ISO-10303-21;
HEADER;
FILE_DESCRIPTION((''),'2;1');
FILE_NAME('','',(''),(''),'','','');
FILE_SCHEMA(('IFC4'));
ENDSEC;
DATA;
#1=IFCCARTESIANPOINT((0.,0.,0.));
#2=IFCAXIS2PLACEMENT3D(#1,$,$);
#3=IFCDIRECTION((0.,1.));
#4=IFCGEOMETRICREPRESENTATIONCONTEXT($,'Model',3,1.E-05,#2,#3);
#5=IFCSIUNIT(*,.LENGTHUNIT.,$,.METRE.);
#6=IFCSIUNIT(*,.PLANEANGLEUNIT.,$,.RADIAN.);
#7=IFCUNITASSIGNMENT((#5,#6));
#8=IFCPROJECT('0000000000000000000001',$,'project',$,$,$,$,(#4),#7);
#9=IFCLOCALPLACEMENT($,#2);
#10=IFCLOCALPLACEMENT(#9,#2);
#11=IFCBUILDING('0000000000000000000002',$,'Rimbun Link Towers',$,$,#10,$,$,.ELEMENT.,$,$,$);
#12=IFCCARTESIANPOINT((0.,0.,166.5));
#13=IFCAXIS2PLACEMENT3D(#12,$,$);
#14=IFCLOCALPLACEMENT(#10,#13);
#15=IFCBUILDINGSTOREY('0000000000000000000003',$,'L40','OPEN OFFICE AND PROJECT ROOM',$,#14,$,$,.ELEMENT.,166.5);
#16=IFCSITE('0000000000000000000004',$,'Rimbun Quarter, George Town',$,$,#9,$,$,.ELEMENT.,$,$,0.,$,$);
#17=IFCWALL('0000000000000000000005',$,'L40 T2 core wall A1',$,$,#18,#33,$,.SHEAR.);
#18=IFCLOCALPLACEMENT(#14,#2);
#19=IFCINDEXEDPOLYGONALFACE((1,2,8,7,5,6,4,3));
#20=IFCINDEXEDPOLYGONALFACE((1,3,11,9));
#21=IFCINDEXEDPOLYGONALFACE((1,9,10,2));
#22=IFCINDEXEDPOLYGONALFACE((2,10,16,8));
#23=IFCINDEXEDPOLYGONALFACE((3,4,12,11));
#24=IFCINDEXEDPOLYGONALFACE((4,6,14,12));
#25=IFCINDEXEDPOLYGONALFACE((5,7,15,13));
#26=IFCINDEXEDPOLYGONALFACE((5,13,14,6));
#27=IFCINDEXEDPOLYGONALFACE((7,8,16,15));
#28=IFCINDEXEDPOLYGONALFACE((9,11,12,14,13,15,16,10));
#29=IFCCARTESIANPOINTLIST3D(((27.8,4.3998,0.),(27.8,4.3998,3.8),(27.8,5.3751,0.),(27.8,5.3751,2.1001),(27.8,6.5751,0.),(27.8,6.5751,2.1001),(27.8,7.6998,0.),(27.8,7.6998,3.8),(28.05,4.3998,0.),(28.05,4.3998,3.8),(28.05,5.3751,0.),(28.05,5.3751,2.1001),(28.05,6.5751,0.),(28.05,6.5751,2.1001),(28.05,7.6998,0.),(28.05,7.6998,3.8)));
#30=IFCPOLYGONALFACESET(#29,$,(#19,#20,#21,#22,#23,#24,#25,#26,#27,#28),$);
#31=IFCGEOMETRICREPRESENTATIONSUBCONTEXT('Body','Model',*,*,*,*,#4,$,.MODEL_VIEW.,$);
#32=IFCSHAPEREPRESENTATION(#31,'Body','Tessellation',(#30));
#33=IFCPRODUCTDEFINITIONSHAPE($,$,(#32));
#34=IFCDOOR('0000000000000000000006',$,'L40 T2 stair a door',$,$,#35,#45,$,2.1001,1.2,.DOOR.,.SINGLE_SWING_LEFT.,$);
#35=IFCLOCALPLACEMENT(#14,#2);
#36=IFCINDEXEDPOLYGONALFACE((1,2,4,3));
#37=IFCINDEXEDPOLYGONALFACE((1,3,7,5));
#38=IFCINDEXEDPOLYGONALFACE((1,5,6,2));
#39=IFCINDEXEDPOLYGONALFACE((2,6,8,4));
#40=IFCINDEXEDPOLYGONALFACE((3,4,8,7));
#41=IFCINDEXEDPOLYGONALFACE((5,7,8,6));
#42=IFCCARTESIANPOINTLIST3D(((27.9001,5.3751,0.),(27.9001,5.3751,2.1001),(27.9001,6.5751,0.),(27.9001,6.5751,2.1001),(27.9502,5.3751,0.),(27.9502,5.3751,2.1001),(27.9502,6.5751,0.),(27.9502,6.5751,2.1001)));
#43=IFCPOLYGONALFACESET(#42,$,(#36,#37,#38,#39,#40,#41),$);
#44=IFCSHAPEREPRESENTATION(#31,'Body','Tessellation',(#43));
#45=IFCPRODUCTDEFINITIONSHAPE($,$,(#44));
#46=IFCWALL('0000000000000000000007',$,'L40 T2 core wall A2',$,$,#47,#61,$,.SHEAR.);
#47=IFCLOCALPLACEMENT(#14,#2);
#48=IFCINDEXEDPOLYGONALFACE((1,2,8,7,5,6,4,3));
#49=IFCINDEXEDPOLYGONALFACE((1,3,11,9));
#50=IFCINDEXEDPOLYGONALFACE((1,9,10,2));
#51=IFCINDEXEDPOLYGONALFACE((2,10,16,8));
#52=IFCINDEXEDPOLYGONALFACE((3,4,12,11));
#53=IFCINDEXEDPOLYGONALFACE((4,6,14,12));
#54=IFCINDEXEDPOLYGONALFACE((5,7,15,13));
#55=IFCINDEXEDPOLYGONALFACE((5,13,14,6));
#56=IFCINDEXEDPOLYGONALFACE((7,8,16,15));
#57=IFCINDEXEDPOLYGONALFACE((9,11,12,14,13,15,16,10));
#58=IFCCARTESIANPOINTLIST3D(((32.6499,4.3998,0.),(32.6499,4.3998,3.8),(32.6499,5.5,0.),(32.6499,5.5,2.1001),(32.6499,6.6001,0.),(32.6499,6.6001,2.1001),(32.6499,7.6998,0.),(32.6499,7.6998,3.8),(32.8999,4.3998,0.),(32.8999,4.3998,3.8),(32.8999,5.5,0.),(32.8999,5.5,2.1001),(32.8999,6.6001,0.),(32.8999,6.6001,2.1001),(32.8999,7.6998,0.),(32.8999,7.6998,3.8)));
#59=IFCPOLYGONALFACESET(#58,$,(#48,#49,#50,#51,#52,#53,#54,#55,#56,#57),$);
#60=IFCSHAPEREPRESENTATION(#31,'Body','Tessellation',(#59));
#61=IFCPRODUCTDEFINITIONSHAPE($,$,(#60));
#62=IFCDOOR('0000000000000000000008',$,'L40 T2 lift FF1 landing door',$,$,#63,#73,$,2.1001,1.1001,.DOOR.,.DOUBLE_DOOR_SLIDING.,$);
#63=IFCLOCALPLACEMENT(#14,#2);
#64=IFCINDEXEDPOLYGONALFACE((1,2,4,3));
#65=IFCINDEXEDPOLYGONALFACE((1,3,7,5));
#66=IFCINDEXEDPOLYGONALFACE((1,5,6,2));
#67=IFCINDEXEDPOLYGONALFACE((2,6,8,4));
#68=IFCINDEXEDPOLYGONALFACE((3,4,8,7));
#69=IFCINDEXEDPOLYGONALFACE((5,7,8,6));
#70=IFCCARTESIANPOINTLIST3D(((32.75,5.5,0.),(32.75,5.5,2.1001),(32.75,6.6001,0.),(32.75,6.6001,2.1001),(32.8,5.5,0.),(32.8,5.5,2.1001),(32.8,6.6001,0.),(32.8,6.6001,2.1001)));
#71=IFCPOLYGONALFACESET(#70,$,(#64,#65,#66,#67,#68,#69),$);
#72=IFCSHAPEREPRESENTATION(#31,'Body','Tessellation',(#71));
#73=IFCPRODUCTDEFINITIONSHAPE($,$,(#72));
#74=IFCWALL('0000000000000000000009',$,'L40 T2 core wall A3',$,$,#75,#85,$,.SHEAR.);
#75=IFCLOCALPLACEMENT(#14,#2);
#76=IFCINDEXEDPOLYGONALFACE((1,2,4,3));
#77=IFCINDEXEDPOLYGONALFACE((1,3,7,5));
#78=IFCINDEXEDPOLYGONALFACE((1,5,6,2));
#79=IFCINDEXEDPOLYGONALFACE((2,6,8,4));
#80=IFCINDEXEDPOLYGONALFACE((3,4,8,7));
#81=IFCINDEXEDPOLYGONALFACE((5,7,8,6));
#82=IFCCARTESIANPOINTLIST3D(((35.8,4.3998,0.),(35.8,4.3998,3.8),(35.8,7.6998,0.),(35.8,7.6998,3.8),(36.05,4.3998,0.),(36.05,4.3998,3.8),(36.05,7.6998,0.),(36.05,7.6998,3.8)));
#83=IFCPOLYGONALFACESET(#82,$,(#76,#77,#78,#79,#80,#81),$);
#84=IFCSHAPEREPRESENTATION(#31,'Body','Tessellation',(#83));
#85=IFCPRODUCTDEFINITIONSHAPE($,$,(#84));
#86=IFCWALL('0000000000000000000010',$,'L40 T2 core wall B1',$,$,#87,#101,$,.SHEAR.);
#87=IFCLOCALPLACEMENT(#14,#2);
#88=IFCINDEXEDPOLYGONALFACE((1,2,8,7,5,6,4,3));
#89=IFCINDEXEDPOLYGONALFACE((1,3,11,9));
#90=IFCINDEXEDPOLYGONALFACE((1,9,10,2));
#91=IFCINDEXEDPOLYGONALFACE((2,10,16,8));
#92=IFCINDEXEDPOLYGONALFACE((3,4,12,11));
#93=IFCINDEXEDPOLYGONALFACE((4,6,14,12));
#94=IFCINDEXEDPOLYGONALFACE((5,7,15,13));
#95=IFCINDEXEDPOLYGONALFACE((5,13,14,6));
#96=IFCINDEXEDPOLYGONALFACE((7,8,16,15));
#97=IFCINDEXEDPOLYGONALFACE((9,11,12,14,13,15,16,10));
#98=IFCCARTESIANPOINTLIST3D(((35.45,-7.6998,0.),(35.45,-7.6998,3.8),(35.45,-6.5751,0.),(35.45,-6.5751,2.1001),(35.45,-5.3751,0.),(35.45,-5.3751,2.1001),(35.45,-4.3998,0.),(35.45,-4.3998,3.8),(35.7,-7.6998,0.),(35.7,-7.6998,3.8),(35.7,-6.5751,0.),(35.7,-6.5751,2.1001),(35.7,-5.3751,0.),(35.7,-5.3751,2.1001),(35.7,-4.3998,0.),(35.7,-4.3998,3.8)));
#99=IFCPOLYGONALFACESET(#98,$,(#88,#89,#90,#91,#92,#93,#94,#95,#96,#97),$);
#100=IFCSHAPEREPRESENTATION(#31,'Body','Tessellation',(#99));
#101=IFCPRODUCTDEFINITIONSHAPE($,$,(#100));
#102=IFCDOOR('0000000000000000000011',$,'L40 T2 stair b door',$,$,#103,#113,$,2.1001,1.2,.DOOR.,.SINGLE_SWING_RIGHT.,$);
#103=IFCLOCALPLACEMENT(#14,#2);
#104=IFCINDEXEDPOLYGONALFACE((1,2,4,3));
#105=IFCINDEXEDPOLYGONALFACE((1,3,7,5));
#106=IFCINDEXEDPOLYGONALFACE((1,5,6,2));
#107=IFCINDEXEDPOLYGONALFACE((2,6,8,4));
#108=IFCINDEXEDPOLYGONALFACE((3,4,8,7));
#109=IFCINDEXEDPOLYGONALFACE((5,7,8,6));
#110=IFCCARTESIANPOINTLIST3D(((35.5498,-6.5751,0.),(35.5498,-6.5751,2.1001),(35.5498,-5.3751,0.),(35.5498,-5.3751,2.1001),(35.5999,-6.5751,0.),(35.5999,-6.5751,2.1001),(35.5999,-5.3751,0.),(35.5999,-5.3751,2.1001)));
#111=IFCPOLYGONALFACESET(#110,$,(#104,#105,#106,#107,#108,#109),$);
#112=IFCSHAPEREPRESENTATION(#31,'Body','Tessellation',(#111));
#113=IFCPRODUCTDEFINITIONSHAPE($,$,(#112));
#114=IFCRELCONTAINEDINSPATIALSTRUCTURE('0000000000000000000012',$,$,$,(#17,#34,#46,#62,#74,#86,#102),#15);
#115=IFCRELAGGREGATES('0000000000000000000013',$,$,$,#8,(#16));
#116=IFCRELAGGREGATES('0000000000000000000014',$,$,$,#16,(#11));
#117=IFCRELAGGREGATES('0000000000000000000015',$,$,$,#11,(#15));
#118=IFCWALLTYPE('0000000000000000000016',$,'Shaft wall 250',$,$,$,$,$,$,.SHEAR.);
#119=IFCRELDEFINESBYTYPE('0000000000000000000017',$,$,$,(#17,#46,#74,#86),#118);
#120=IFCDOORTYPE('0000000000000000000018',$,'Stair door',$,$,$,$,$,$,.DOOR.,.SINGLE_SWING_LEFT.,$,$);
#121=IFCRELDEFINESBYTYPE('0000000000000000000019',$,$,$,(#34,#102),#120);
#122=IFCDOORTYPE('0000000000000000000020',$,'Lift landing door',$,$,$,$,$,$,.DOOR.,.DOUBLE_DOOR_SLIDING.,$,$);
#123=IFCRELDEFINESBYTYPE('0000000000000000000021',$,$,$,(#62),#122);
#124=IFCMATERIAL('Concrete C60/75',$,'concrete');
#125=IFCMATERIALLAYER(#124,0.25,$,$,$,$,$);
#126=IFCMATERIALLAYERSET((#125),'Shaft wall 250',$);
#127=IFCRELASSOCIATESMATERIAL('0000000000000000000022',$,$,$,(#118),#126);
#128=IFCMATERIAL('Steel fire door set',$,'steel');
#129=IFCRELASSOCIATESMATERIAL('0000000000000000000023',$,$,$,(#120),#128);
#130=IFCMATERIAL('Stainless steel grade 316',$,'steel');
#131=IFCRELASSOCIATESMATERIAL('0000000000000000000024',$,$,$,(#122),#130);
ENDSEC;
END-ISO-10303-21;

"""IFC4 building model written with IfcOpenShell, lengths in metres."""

from ifc_helpers import new_model, si_unit, direction, frame, frame_2d, origin, place, context, subcontext, project, spatial, rectangle, extrude, material, layer, layer_set, type_object, element, fill, save


model = new_model("IFC4")

# Units and contexts
model_context = context("Model", 3, precision=1e-05, world=origin(), true_north=direction((0.0, 1.0)))
body_context = subcontext(model_context, "Body", "Model", "MODEL_VIEW")
ifc_project = project(units=[si_unit("LENGTHUNIT", "METRE"), si_unit("PLANEANGLEUNIT", "RADIAN")], contexts=[model_context])

# Site, building, storey
site_placement = place(None, origin())
site = spatial("IfcSite", under=ifc_project, at=site_placement, Name="Rimbun Quarter, George Town", CompositionType="ELEMENT", RefElevation=0.0)
building_placement = place(site_placement, origin())
building = spatial("IfcBuilding", under=site, at=building_placement, Name="Rimbun Link Towers", CompositionType="ELEMENT")
storey_placement = place(building_placement, frame((0.0, 0.0, 166.5)))
storey = spatial("IfcBuildingStorey", under=building, at=storey_placement, Name="L40", Description="OPEN OFFICE AND PROJECT ROOM", CompositionType="ELEMENT", Elevation=166.5)

# Shared definitions
ifc_material_1 = material(Name="Concrete C60/75", Category="concrete")
ifc_layer = layer(ifc_material_1, 0.25)
ifc_layer_set = layer_set([ifc_layer], Name="Shaft wall 250")
wall_type = type_object("IfcWallType", Name="Shaft wall 250", PredefinedType="SHEAR", material=ifc_layer_set)

# Walls, openings, doors
wall_1_placement = place(storey_placement, frame((27.925, 4.3999, 0.0), z_axis=(0.0, 0.0, 1.0), x_axis=(0.0, 1.0, 0.0)))
wall_1 = element("IfcWall", 1, at=wall_1_placement, inside=storey, type_object=wall_type, Name="L40 T2 core wall A1", PredefinedType="SHEAR", context=body_context, shape_type="SweptSolid", body=[
    extrude(rectangle(XDim=3.3, YDim=0.25, at=frame_2d((1.6499, 0.0))), origin(), (0.0, 0.0, 1.0), 3.8),
])
opening_1_placement = place(wall_1_placement, frame((0.9751, 0.0, 0.0)))
opening_1 = element("IfcOpeningElement", 2, at=opening_1_placement, cuts=wall_1, PredefinedType="OPENING", context=body_context, shape_type="SweptSolid", body=[
    extrude(rectangle(XDim=1.2, YDim=2.1001, at=frame_2d((0.6001, 1.05))), frame((0.0, 0.135, 0.0), z_axis=(0.0, -1.0, 0.0), x_axis=(1.0, 0.0, 0.0)), (0.0, 0.0, 1.0), 0.27),
])
ifc_material_2 = material(Name="Steel fire door set", Category="steel")
door_type_1 = type_object("IfcDoorType", Name="Stair door", OperationType="SINGLE_SWING_LEFT", PredefinedType="DOOR", material=ifc_material_2)
door_1_placement = place(opening_1_placement, origin())
door_1 = element("IfcDoor", 3, at=door_1_placement, inside=storey, type_object=door_type_1, Name="L40 T2 stair a door", OperationType="SINGLE_SWING_LEFT", OverallHeight=2.1001, OverallWidth=1.2, PredefinedType="DOOR", context=body_context, shape_type="SweptSolid", body=[
    extrude(rectangle(XDim=1.2, YDim=2.1001, at=frame_2d((0.6001, 1.05))), frame((0.0, 0.0249, 0.0), z_axis=(0.0, -1.0, 0.0), x_axis=(1.0, 0.0, 0.0)), (0.0, 0.0, 1.0), 0.05),
])
fill(opening_1, door_1)
wall_2_placement = place(storey_placement, frame((32.7749, 4.3999, 0.0), z_axis=(0.0, 0.0, 1.0), x_axis=(0.0, 1.0, 0.0)))
wall_2 = element("IfcWall", 4, at=wall_2_placement, inside=storey, type_object=wall_type, Name="L40 T2 core wall A2", PredefinedType="SHEAR", context=body_context, shape_type="SweptSolid", body=[
    extrude(rectangle(XDim=3.3, YDim=0.25, at=frame_2d((1.6499, 0.0))), origin(), (0.0, 0.0, 1.0), 3.8),
])
opening_2_placement = place(wall_2_placement, frame((1.1001, 0.0, 0.0)))
opening_2 = element("IfcOpeningElement", 5, at=opening_2_placement, cuts=wall_2, PredefinedType="OPENING", context=body_context, shape_type="SweptSolid", body=[
    extrude(rectangle(XDim=1.1001, YDim=2.1001, at=frame_2d((0.55, 1.05))), frame((0.0, 0.135, 0.0), z_axis=(0.0, -1.0, 0.0), x_axis=(1.0, 0.0, 0.0)), (0.0, 0.0, 1.0), 0.27),
])
ifc_material_3 = material(Name="Stainless steel grade 316", Category="steel")
door_type_2 = type_object("IfcDoorType", Name="Lift landing door", OperationType="DOUBLE_DOOR_SLIDING", PredefinedType="DOOR", material=ifc_material_3)
door_2_placement = place(opening_2_placement, origin())
door_2 = element("IfcDoor", 6, at=door_2_placement, inside=storey, type_object=door_type_2, Name="L40 T2 lift FF1 landing door", OperationType="DOUBLE_DOOR_SLIDING", OverallHeight=2.1001, OverallWidth=1.1001, PredefinedType="DOOR", context=body_context, shape_type="SweptSolid", body=[
    extrude(rectangle(XDim=1.1001, YDim=2.1001, at=frame_2d((0.55, 1.05))), frame((0.0, 0.0249, 0.0), z_axis=(0.0, -1.0, 0.0), x_axis=(1.0, 0.0, 0.0)), (0.0, 0.0, 1.0), 0.05),
])
fill(opening_2, door_2)

# Wall
wall_3_placement = place(storey_placement, frame((35.925, 4.3999, 0.0), z_axis=(0.0, 0.0, 1.0), x_axis=(0.0, 1.0, 0.0)))
element("IfcWall", 7, at=wall_3_placement, inside=storey, type_object=wall_type, Name="L40 T2 core wall A3", PredefinedType="SHEAR", context=body_context, shape_type="SweptSolid", body=[
    extrude(rectangle(XDim=3.3, YDim=0.25, at=frame_2d((1.6499, 0.0))), origin(), (0.0, 0.0, 1.0), 3.8),
])

# Wall, opening, door
wall_4_placement = place(storey_placement, frame((35.575, -4.3999, 0.0), z_axis=(0.0, 0.0, 1.0), x_axis=(0.0, -1.0, 0.0)))
wall_4 = element("IfcWall", 8, at=wall_4_placement, inside=storey, type_object=wall_type, Name="L40 T2 core wall B1", PredefinedType="SHEAR", context=body_context, shape_type="SweptSolid", body=[
    extrude(rectangle(XDim=3.3, YDim=0.25, at=frame_2d((1.6499, 0.0))), origin(), (0.0, 0.0, 1.0), 3.8),
])
opening_3_placement = place(wall_4_placement, frame((0.9751, 0.0, 0.0)))
opening_3 = element("IfcOpeningElement", 9, at=opening_3_placement, cuts=wall_4, PredefinedType="OPENING", context=body_context, shape_type="SweptSolid", body=[
    extrude(rectangle(XDim=1.2, YDim=2.1001, at=frame_2d((0.6001, 1.05))), frame((0.0, 0.135, 0.0), z_axis=(0.0, -1.0, 0.0), x_axis=(1.0, 0.0, 0.0)), (0.0, 0.0, 1.0), 0.27),
])
door_3_placement = place(opening_3_placement, origin())
door_3 = element("IfcDoor", 10, at=door_3_placement, inside=storey, type_object=door_type_1, Name="L40 T2 stair b door", OperationType="SINGLE_SWING_RIGHT", OverallHeight=2.1001, OverallWidth=1.2, PredefinedType="DOOR", context=body_context, shape_type="SweptSolid", body=[
    extrude(rectangle(XDim=1.2, YDim=2.1001, at=frame_2d((0.6001, 1.05))), frame((0.0, 0.0249, 0.0), z_axis=(0.0, -1.0, 0.0), x_axis=(1.0, 0.0, 0.0)), (0.0, 0.0, 1.0), 0.05),
])
fill(opening_3, door_3)

save(model, "model.ifc")
